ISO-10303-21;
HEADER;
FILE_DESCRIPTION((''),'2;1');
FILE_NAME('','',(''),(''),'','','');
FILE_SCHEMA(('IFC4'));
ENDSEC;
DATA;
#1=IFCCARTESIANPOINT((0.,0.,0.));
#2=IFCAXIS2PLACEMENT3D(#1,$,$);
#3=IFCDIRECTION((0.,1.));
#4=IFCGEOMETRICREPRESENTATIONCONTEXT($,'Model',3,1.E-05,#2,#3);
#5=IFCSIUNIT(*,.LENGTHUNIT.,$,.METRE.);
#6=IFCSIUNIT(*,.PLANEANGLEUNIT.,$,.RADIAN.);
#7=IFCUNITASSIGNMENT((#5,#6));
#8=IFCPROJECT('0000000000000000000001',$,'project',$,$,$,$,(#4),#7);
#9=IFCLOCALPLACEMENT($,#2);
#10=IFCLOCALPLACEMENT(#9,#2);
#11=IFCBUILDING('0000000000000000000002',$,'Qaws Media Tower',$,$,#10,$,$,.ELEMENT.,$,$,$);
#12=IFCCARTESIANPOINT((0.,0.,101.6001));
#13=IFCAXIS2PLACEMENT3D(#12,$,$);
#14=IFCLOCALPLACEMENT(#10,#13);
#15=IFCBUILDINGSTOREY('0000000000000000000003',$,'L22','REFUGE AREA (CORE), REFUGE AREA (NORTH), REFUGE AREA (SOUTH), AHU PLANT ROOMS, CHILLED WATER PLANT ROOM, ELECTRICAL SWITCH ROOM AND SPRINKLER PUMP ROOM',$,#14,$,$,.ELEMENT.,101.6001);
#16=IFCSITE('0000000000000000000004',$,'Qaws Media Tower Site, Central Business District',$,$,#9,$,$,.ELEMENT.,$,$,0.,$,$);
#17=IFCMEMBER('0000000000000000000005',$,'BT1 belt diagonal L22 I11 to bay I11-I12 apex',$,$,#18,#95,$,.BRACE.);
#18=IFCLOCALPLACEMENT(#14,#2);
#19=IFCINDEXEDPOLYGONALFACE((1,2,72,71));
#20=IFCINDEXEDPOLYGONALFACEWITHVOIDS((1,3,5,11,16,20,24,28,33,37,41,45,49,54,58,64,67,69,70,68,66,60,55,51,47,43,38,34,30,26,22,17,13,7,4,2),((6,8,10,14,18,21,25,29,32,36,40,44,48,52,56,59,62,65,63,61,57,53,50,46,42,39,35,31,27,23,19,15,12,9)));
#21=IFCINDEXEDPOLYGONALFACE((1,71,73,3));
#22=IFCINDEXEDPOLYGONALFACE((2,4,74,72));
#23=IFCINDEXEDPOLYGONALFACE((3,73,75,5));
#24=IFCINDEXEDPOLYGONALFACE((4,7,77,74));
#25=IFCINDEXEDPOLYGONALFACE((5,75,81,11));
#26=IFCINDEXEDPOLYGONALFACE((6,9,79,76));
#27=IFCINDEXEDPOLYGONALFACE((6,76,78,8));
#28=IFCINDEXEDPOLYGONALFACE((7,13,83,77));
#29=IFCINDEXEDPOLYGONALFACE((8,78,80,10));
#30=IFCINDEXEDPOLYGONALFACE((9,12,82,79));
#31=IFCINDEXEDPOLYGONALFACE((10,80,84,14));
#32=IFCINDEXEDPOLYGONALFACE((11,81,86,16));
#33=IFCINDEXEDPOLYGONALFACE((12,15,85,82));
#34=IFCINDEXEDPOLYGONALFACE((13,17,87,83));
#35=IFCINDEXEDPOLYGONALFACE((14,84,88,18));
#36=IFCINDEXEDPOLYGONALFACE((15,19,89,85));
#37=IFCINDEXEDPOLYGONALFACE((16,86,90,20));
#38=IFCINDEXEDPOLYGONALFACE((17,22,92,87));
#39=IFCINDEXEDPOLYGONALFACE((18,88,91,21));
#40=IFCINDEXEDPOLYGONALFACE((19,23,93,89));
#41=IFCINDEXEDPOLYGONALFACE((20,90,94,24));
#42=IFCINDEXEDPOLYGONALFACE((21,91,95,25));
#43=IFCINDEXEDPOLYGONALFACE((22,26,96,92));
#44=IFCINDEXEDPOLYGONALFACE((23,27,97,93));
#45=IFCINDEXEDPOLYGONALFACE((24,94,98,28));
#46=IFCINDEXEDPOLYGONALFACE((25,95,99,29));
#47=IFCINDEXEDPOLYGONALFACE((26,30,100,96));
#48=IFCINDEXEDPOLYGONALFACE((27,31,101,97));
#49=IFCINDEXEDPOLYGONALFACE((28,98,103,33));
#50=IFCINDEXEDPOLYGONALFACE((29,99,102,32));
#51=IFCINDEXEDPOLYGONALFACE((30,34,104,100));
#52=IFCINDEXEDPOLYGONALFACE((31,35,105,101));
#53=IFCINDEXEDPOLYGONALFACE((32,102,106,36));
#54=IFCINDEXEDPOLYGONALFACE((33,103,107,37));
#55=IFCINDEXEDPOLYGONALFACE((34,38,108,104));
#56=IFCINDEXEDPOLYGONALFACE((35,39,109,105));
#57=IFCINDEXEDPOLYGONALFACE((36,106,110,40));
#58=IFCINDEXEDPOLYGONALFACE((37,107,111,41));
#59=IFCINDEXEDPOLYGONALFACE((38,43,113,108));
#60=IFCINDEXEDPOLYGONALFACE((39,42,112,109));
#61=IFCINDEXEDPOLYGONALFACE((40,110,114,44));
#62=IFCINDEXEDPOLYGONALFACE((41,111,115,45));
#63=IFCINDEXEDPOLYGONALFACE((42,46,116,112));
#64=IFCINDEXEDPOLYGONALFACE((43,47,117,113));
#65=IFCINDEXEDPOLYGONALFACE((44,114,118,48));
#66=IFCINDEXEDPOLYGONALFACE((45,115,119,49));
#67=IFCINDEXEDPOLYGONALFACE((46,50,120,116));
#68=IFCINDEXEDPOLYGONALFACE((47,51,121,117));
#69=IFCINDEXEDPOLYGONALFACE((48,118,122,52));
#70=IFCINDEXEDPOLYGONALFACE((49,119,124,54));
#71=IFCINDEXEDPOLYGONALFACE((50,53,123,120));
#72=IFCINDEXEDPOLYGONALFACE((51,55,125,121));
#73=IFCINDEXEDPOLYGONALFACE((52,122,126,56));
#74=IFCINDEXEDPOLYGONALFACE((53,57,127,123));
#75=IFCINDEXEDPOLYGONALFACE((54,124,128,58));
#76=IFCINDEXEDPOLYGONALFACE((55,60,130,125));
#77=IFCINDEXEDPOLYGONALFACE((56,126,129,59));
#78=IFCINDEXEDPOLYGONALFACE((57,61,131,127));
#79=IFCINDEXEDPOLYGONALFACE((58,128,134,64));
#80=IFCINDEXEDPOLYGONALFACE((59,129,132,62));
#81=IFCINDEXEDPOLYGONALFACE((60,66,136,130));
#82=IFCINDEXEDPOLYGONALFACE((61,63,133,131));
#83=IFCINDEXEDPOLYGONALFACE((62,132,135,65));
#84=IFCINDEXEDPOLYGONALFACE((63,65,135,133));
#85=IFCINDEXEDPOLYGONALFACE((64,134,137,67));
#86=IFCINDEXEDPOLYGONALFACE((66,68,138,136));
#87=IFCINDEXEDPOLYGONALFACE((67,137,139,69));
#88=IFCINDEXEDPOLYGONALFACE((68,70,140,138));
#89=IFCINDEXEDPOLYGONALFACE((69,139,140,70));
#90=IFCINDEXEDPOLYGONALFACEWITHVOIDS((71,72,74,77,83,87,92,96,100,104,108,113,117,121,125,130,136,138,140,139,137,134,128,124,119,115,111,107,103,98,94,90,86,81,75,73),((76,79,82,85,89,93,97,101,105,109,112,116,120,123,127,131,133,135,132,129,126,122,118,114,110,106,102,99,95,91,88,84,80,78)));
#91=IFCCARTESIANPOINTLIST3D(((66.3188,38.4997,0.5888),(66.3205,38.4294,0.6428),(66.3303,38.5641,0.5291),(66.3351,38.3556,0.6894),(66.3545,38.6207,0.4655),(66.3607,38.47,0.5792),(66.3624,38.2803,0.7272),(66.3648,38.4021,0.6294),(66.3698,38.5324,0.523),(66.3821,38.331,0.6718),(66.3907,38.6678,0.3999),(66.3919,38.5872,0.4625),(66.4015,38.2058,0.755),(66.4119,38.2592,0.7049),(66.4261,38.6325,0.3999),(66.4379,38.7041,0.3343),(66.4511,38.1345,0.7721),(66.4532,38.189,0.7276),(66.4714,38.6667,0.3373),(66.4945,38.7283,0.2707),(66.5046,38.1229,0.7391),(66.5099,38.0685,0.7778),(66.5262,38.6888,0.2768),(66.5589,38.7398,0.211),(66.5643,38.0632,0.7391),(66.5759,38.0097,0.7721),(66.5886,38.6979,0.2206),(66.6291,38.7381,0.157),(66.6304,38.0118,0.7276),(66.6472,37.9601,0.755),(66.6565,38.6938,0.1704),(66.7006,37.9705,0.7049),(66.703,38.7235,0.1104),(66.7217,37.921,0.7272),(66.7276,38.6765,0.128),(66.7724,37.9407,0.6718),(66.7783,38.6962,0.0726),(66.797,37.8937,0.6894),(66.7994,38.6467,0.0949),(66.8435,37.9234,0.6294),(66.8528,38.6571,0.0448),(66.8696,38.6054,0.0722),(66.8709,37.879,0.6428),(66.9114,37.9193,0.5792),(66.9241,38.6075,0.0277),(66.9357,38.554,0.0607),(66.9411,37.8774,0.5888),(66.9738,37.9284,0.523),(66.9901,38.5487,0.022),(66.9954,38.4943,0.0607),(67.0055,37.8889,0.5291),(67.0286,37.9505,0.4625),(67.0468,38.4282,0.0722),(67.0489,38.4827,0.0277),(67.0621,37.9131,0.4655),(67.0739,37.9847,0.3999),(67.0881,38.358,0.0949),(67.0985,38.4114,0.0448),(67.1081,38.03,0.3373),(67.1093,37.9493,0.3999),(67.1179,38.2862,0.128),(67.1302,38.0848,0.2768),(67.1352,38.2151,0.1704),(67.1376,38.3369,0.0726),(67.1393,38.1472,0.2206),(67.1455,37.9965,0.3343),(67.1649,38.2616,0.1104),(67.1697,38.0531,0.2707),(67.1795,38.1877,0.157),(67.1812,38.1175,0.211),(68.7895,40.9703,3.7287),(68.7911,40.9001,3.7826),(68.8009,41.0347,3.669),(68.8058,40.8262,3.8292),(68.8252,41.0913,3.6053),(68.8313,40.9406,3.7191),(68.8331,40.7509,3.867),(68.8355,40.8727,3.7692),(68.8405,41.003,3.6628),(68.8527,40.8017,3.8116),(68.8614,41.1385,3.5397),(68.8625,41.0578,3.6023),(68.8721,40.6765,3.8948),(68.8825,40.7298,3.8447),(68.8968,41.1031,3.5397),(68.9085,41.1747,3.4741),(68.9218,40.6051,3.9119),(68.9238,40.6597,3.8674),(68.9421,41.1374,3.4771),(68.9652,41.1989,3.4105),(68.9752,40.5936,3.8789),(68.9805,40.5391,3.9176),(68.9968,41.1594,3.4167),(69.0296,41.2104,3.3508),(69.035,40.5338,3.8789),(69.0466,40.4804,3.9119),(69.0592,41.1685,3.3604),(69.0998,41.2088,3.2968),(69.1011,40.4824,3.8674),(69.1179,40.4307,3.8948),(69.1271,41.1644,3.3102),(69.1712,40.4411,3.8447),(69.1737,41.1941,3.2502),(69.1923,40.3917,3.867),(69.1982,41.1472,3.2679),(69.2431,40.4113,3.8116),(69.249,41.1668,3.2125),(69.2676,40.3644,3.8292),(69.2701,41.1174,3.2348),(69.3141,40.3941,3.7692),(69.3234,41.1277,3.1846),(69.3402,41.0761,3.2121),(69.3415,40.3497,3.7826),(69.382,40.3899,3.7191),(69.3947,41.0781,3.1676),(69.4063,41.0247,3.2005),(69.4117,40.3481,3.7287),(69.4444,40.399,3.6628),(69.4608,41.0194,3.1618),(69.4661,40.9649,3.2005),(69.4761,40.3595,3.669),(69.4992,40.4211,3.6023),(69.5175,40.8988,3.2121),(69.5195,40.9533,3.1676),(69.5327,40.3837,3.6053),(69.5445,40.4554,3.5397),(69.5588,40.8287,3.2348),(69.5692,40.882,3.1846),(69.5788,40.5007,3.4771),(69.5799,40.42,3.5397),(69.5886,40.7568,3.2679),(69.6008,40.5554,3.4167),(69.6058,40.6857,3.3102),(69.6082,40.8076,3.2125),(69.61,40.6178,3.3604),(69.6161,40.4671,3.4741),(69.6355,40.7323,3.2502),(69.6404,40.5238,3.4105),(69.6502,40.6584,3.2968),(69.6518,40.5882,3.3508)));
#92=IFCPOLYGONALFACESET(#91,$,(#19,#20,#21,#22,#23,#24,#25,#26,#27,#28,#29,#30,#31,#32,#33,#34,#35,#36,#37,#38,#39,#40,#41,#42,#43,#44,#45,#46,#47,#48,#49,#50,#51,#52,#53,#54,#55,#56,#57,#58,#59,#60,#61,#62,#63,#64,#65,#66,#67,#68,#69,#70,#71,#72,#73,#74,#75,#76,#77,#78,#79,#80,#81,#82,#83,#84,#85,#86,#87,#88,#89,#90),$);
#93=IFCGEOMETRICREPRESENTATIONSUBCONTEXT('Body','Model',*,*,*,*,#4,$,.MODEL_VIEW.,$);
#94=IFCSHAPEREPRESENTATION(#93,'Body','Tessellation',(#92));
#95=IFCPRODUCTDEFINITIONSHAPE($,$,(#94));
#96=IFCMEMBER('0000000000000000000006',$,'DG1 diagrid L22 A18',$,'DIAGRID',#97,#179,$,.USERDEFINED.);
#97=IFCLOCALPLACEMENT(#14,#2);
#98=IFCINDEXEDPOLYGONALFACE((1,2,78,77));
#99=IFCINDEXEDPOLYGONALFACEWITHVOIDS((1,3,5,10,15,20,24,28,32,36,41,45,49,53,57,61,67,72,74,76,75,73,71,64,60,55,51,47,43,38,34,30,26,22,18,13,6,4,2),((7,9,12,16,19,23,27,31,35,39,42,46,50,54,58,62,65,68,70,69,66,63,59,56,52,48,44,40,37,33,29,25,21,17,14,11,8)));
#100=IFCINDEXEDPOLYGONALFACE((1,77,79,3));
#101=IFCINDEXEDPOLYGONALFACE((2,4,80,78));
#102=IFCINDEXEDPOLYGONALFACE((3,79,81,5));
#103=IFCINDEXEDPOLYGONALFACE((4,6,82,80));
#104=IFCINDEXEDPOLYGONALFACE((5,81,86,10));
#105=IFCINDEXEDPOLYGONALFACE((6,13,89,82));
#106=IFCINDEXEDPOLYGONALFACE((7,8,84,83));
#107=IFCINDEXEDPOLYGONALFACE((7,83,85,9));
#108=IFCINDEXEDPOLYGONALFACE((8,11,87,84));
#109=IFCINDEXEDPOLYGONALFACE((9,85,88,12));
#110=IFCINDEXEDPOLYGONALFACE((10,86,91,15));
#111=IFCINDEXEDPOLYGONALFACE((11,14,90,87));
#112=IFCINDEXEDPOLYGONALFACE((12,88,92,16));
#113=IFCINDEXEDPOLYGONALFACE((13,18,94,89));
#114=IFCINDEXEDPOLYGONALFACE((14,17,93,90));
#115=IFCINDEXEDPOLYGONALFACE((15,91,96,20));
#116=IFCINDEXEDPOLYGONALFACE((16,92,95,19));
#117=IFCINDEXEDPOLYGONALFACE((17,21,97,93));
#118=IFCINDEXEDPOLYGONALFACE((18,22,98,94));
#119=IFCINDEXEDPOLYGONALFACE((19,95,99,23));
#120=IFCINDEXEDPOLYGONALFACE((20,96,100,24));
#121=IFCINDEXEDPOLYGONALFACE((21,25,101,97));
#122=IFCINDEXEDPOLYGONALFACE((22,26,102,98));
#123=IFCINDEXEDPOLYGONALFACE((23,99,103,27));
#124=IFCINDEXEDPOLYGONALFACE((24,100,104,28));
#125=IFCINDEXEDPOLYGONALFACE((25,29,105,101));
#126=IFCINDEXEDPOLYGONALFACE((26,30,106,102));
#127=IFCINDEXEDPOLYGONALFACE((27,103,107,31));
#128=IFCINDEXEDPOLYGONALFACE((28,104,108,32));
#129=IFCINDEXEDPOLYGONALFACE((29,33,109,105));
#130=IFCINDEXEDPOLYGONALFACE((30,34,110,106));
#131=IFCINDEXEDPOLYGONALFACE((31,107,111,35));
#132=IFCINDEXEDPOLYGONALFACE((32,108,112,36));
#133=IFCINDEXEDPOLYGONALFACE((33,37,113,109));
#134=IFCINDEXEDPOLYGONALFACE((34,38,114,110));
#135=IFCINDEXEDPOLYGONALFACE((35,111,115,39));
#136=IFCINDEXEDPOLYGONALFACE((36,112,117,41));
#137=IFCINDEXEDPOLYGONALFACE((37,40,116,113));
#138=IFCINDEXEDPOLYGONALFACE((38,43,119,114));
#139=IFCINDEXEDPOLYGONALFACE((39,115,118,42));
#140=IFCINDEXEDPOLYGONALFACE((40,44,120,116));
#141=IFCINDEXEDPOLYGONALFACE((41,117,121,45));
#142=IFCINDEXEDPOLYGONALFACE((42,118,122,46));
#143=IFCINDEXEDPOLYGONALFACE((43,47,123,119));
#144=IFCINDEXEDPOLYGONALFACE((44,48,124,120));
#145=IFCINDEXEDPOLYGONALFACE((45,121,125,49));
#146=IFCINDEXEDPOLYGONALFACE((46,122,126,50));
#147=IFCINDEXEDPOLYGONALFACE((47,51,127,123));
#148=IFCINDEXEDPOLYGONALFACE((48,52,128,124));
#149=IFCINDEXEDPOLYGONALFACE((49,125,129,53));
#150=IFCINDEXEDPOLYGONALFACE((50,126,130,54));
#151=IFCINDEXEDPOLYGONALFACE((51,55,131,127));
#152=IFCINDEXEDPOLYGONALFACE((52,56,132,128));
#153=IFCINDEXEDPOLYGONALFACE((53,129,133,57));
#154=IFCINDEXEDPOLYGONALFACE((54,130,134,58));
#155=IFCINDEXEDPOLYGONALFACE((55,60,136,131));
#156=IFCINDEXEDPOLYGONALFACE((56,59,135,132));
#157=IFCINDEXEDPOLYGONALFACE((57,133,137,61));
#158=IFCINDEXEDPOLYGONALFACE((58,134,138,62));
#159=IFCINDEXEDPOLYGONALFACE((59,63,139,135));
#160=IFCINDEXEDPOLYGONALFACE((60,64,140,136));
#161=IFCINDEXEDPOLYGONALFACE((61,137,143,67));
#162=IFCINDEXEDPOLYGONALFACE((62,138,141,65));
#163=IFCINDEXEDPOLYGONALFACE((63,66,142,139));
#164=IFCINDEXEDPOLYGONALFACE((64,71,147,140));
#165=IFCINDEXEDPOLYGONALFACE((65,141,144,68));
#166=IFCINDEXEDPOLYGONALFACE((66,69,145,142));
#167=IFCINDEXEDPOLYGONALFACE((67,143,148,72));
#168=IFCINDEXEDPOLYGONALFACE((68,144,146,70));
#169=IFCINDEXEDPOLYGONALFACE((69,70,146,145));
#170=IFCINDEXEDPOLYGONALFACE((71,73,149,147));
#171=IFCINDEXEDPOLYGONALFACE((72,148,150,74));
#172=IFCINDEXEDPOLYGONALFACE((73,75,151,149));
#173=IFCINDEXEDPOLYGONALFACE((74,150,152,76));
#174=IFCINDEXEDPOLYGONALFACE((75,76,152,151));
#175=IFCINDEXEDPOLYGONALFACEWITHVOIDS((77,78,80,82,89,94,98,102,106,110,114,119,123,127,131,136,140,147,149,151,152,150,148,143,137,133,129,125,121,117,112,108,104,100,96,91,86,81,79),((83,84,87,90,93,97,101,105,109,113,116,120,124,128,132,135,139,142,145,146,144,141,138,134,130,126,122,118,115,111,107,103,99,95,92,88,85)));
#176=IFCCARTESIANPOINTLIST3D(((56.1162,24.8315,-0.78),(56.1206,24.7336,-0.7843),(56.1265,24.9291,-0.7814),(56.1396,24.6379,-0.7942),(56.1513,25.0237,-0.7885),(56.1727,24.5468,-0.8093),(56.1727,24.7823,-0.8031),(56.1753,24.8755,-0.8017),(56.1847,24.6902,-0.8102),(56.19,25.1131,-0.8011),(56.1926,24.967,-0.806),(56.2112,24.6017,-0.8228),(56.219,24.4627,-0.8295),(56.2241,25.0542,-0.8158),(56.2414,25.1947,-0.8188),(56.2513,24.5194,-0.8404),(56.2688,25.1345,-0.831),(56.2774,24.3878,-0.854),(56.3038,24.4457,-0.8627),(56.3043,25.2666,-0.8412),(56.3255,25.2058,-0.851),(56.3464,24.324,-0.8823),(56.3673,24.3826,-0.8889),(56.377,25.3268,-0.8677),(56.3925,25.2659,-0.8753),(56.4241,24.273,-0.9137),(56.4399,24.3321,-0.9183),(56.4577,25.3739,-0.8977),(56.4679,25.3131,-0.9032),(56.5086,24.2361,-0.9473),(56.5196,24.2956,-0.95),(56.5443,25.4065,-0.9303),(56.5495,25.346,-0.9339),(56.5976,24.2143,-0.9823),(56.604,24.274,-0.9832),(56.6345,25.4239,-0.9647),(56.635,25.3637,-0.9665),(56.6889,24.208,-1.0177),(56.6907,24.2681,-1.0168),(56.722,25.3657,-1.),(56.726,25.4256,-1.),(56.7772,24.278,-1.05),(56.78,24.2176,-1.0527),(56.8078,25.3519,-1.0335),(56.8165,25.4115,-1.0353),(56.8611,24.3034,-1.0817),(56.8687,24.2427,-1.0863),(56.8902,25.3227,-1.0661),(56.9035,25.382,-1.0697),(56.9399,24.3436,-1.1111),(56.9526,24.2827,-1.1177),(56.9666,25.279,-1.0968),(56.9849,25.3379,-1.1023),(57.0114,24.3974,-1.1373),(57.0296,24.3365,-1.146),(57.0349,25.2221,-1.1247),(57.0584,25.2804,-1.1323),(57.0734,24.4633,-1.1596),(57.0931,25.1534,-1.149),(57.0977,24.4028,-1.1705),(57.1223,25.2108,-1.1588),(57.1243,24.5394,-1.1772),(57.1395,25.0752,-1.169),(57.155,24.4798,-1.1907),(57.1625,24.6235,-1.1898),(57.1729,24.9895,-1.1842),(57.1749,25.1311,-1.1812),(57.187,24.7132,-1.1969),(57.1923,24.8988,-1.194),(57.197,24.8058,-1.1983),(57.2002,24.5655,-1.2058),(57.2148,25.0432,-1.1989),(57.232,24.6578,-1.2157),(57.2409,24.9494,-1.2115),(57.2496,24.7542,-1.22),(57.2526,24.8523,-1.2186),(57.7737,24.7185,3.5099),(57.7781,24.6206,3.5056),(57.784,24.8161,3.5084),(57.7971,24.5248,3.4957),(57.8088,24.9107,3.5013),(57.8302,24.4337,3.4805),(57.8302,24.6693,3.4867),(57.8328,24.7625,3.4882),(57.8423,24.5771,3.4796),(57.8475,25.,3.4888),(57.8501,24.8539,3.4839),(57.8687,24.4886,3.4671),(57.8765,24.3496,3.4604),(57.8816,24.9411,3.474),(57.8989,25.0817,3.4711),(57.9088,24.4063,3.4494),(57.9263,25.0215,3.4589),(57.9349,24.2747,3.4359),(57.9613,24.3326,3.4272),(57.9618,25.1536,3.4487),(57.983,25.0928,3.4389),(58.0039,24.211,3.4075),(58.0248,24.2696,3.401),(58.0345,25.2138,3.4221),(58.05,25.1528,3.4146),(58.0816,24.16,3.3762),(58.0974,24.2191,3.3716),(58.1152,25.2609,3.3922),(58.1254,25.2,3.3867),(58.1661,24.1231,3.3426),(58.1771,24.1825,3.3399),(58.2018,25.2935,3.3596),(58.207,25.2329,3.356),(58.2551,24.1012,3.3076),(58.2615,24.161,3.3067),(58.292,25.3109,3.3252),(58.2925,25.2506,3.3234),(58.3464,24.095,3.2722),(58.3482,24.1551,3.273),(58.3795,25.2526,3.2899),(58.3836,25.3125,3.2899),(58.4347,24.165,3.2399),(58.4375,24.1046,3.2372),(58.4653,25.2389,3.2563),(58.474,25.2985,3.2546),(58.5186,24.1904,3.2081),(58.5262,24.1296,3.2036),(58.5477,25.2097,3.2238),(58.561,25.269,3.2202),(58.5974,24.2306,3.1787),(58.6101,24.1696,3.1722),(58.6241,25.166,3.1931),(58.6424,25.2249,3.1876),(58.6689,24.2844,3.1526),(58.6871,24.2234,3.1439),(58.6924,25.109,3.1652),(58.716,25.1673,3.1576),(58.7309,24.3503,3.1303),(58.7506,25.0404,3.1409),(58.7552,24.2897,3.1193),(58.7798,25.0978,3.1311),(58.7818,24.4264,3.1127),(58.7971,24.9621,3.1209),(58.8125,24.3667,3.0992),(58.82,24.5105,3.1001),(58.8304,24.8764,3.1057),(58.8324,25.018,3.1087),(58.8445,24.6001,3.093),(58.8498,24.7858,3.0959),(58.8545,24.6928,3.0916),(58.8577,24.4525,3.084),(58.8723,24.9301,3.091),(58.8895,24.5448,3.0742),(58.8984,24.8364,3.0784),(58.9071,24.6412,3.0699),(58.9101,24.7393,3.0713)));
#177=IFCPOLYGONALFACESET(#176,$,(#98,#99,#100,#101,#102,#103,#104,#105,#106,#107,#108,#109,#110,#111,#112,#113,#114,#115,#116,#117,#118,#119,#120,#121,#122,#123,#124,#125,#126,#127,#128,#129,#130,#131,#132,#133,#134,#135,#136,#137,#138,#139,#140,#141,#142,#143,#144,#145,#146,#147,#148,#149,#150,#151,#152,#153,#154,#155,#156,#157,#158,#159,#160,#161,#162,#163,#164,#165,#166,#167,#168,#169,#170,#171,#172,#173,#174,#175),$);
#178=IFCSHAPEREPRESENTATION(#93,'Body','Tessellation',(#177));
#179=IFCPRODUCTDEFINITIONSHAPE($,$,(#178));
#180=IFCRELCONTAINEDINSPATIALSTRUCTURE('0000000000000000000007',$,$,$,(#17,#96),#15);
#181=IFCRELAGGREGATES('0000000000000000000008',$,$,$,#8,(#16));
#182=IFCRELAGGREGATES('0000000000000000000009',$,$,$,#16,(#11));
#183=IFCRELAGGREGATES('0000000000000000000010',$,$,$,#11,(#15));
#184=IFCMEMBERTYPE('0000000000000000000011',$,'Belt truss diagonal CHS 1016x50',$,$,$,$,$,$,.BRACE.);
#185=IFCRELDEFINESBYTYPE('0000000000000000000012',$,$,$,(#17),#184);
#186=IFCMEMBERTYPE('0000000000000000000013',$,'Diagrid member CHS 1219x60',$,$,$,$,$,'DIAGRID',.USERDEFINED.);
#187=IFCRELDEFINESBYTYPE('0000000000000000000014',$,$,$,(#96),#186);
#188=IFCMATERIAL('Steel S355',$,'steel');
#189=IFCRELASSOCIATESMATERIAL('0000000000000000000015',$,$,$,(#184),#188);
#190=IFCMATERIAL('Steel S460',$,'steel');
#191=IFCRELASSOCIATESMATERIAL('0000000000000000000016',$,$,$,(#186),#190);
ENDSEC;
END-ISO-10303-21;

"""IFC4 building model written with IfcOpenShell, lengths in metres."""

from ifc_helpers import new_model, si_unit, direction, frame, origin, origin_2d, place, context, subcontext, project, spatial, hollow_circle, extrude, material, material_profile, profile_set, type_object, element, save


model = new_model("IFC4")

# Units and contexts
model_context = context("Model", 3, precision=1e-05, world=origin(), true_north=direction((0.0, 1.0)))
body_context = subcontext(model_context, "Body", "Model", "MODEL_VIEW")
ifc_project = project(units=[si_unit("LENGTHUNIT", "METRE"), si_unit("PLANEANGLEUNIT", "RADIAN")], contexts=[model_context])

# Site, building, storey
site_placement = place(None, origin())
site = spatial("IfcSite", under=ifc_project, at=site_placement, Name="Qaws Media Tower Site, Central Business District", CompositionType="ELEMENT", RefElevation=0.0)
building_placement = place(site_placement, origin())
building = spatial("IfcBuilding", under=site, at=building_placement, Name="Qaws Media Tower", CompositionType="ELEMENT")
storey_placement = place(building_placement, frame((0.0, 0.0, 101.6001)))
storey = spatial("IfcBuildingStorey", under=building, at=storey_placement, Name="L22", Description="REFUGE AREA (CORE), REFUGE AREA (NORTH), REFUGE AREA (SOUTH), AHU PLANT ROOMS, CHILLED WATER PLANT ROOM, ELECTRICAL SWITCH ROOM AND SPRINKLER PUMP ROOM", CompositionType="ELEMENT", Elevation=101.6001)

# Members
ifc_material_1 = material(Name="Steel S355", Category="steel")
ifc_material_profile_1 = material_profile(ifc_material_1, hollow_circle(Radius=0.5081, WallThickness=0.05, at=origin_2d()), Name="CHS 1016x50")
ifc_profile_set_1 = profile_set([ifc_material_profile_1], Name="Steel S355")
member_type_1 = type_object("IfcMemberType", Name="Belt truss diagonal CHS 1016x50", PredefinedType="BRACE", material=ifc_profile_set_1)
for number, where, z_axis, x_axis, name in (
    (1, (66.75, 38.3086, 0.3999), (0.525947, 0.525947, 0.6684), (-0.707107, 0.707107, 0.0), "BT1 belt diagonal L22 I11 to bay I11-I12 apex"),
):
    element("IfcMember", number, at=place(storey_placement, frame(where, z_axis=z_axis, x_axis=x_axis)), inside=storey, type_object=member_type_1, Name=name, PredefinedType="BRACE", context=body_context, shape_type="SweptSolid", body=[
        extrude(hollow_circle(Radius=0.5081, WallThickness=0.05, at=origin_2d()), origin(), (0.0, 0.0, 1.0), 4.6975),
    ])
ifc_material_2 = material(Name="Steel S460", Category="steel")
ifc_material_profile_2 = material_profile(ifc_material_2, hollow_circle(Radius=0.6096, WallThickness=0.0601, at=origin_2d()), Name="CHS 1219x60")
ifc_profile_set_2 = profile_set([ifc_material_profile_2], Name="Steel S460")
member_type_2 = type_object("IfcMemberType", Name="Diagrid member CHS 1219x60", ElementType="DIAGRID", PredefinedType="USERDEFINED", material=ifc_profile_set_2)
member_1_placement = place(storey_placement, frame((56.6846, 24.8174, -1.0), z_axis=(0.3603, -0.024572, 0.932513), x_axis=(0.068041, 0.997683, 0.0)))
element("IfcMember", 2, at=member_1_placement, inside=storey, type_object=member_type_2, Name="DG1 diagrid L22 A18", ObjectType="DIAGRID", PredefinedType="USERDEFINED", context=body_context, shape_type="SweptSolid", body=[
    extrude(hollow_circle(Radius=0.6096, WallThickness=0.0601, at=origin_2d()), origin(), (0.0, 0.0, 1.0), 4.6003),
])

save(model, "model.ifc")
